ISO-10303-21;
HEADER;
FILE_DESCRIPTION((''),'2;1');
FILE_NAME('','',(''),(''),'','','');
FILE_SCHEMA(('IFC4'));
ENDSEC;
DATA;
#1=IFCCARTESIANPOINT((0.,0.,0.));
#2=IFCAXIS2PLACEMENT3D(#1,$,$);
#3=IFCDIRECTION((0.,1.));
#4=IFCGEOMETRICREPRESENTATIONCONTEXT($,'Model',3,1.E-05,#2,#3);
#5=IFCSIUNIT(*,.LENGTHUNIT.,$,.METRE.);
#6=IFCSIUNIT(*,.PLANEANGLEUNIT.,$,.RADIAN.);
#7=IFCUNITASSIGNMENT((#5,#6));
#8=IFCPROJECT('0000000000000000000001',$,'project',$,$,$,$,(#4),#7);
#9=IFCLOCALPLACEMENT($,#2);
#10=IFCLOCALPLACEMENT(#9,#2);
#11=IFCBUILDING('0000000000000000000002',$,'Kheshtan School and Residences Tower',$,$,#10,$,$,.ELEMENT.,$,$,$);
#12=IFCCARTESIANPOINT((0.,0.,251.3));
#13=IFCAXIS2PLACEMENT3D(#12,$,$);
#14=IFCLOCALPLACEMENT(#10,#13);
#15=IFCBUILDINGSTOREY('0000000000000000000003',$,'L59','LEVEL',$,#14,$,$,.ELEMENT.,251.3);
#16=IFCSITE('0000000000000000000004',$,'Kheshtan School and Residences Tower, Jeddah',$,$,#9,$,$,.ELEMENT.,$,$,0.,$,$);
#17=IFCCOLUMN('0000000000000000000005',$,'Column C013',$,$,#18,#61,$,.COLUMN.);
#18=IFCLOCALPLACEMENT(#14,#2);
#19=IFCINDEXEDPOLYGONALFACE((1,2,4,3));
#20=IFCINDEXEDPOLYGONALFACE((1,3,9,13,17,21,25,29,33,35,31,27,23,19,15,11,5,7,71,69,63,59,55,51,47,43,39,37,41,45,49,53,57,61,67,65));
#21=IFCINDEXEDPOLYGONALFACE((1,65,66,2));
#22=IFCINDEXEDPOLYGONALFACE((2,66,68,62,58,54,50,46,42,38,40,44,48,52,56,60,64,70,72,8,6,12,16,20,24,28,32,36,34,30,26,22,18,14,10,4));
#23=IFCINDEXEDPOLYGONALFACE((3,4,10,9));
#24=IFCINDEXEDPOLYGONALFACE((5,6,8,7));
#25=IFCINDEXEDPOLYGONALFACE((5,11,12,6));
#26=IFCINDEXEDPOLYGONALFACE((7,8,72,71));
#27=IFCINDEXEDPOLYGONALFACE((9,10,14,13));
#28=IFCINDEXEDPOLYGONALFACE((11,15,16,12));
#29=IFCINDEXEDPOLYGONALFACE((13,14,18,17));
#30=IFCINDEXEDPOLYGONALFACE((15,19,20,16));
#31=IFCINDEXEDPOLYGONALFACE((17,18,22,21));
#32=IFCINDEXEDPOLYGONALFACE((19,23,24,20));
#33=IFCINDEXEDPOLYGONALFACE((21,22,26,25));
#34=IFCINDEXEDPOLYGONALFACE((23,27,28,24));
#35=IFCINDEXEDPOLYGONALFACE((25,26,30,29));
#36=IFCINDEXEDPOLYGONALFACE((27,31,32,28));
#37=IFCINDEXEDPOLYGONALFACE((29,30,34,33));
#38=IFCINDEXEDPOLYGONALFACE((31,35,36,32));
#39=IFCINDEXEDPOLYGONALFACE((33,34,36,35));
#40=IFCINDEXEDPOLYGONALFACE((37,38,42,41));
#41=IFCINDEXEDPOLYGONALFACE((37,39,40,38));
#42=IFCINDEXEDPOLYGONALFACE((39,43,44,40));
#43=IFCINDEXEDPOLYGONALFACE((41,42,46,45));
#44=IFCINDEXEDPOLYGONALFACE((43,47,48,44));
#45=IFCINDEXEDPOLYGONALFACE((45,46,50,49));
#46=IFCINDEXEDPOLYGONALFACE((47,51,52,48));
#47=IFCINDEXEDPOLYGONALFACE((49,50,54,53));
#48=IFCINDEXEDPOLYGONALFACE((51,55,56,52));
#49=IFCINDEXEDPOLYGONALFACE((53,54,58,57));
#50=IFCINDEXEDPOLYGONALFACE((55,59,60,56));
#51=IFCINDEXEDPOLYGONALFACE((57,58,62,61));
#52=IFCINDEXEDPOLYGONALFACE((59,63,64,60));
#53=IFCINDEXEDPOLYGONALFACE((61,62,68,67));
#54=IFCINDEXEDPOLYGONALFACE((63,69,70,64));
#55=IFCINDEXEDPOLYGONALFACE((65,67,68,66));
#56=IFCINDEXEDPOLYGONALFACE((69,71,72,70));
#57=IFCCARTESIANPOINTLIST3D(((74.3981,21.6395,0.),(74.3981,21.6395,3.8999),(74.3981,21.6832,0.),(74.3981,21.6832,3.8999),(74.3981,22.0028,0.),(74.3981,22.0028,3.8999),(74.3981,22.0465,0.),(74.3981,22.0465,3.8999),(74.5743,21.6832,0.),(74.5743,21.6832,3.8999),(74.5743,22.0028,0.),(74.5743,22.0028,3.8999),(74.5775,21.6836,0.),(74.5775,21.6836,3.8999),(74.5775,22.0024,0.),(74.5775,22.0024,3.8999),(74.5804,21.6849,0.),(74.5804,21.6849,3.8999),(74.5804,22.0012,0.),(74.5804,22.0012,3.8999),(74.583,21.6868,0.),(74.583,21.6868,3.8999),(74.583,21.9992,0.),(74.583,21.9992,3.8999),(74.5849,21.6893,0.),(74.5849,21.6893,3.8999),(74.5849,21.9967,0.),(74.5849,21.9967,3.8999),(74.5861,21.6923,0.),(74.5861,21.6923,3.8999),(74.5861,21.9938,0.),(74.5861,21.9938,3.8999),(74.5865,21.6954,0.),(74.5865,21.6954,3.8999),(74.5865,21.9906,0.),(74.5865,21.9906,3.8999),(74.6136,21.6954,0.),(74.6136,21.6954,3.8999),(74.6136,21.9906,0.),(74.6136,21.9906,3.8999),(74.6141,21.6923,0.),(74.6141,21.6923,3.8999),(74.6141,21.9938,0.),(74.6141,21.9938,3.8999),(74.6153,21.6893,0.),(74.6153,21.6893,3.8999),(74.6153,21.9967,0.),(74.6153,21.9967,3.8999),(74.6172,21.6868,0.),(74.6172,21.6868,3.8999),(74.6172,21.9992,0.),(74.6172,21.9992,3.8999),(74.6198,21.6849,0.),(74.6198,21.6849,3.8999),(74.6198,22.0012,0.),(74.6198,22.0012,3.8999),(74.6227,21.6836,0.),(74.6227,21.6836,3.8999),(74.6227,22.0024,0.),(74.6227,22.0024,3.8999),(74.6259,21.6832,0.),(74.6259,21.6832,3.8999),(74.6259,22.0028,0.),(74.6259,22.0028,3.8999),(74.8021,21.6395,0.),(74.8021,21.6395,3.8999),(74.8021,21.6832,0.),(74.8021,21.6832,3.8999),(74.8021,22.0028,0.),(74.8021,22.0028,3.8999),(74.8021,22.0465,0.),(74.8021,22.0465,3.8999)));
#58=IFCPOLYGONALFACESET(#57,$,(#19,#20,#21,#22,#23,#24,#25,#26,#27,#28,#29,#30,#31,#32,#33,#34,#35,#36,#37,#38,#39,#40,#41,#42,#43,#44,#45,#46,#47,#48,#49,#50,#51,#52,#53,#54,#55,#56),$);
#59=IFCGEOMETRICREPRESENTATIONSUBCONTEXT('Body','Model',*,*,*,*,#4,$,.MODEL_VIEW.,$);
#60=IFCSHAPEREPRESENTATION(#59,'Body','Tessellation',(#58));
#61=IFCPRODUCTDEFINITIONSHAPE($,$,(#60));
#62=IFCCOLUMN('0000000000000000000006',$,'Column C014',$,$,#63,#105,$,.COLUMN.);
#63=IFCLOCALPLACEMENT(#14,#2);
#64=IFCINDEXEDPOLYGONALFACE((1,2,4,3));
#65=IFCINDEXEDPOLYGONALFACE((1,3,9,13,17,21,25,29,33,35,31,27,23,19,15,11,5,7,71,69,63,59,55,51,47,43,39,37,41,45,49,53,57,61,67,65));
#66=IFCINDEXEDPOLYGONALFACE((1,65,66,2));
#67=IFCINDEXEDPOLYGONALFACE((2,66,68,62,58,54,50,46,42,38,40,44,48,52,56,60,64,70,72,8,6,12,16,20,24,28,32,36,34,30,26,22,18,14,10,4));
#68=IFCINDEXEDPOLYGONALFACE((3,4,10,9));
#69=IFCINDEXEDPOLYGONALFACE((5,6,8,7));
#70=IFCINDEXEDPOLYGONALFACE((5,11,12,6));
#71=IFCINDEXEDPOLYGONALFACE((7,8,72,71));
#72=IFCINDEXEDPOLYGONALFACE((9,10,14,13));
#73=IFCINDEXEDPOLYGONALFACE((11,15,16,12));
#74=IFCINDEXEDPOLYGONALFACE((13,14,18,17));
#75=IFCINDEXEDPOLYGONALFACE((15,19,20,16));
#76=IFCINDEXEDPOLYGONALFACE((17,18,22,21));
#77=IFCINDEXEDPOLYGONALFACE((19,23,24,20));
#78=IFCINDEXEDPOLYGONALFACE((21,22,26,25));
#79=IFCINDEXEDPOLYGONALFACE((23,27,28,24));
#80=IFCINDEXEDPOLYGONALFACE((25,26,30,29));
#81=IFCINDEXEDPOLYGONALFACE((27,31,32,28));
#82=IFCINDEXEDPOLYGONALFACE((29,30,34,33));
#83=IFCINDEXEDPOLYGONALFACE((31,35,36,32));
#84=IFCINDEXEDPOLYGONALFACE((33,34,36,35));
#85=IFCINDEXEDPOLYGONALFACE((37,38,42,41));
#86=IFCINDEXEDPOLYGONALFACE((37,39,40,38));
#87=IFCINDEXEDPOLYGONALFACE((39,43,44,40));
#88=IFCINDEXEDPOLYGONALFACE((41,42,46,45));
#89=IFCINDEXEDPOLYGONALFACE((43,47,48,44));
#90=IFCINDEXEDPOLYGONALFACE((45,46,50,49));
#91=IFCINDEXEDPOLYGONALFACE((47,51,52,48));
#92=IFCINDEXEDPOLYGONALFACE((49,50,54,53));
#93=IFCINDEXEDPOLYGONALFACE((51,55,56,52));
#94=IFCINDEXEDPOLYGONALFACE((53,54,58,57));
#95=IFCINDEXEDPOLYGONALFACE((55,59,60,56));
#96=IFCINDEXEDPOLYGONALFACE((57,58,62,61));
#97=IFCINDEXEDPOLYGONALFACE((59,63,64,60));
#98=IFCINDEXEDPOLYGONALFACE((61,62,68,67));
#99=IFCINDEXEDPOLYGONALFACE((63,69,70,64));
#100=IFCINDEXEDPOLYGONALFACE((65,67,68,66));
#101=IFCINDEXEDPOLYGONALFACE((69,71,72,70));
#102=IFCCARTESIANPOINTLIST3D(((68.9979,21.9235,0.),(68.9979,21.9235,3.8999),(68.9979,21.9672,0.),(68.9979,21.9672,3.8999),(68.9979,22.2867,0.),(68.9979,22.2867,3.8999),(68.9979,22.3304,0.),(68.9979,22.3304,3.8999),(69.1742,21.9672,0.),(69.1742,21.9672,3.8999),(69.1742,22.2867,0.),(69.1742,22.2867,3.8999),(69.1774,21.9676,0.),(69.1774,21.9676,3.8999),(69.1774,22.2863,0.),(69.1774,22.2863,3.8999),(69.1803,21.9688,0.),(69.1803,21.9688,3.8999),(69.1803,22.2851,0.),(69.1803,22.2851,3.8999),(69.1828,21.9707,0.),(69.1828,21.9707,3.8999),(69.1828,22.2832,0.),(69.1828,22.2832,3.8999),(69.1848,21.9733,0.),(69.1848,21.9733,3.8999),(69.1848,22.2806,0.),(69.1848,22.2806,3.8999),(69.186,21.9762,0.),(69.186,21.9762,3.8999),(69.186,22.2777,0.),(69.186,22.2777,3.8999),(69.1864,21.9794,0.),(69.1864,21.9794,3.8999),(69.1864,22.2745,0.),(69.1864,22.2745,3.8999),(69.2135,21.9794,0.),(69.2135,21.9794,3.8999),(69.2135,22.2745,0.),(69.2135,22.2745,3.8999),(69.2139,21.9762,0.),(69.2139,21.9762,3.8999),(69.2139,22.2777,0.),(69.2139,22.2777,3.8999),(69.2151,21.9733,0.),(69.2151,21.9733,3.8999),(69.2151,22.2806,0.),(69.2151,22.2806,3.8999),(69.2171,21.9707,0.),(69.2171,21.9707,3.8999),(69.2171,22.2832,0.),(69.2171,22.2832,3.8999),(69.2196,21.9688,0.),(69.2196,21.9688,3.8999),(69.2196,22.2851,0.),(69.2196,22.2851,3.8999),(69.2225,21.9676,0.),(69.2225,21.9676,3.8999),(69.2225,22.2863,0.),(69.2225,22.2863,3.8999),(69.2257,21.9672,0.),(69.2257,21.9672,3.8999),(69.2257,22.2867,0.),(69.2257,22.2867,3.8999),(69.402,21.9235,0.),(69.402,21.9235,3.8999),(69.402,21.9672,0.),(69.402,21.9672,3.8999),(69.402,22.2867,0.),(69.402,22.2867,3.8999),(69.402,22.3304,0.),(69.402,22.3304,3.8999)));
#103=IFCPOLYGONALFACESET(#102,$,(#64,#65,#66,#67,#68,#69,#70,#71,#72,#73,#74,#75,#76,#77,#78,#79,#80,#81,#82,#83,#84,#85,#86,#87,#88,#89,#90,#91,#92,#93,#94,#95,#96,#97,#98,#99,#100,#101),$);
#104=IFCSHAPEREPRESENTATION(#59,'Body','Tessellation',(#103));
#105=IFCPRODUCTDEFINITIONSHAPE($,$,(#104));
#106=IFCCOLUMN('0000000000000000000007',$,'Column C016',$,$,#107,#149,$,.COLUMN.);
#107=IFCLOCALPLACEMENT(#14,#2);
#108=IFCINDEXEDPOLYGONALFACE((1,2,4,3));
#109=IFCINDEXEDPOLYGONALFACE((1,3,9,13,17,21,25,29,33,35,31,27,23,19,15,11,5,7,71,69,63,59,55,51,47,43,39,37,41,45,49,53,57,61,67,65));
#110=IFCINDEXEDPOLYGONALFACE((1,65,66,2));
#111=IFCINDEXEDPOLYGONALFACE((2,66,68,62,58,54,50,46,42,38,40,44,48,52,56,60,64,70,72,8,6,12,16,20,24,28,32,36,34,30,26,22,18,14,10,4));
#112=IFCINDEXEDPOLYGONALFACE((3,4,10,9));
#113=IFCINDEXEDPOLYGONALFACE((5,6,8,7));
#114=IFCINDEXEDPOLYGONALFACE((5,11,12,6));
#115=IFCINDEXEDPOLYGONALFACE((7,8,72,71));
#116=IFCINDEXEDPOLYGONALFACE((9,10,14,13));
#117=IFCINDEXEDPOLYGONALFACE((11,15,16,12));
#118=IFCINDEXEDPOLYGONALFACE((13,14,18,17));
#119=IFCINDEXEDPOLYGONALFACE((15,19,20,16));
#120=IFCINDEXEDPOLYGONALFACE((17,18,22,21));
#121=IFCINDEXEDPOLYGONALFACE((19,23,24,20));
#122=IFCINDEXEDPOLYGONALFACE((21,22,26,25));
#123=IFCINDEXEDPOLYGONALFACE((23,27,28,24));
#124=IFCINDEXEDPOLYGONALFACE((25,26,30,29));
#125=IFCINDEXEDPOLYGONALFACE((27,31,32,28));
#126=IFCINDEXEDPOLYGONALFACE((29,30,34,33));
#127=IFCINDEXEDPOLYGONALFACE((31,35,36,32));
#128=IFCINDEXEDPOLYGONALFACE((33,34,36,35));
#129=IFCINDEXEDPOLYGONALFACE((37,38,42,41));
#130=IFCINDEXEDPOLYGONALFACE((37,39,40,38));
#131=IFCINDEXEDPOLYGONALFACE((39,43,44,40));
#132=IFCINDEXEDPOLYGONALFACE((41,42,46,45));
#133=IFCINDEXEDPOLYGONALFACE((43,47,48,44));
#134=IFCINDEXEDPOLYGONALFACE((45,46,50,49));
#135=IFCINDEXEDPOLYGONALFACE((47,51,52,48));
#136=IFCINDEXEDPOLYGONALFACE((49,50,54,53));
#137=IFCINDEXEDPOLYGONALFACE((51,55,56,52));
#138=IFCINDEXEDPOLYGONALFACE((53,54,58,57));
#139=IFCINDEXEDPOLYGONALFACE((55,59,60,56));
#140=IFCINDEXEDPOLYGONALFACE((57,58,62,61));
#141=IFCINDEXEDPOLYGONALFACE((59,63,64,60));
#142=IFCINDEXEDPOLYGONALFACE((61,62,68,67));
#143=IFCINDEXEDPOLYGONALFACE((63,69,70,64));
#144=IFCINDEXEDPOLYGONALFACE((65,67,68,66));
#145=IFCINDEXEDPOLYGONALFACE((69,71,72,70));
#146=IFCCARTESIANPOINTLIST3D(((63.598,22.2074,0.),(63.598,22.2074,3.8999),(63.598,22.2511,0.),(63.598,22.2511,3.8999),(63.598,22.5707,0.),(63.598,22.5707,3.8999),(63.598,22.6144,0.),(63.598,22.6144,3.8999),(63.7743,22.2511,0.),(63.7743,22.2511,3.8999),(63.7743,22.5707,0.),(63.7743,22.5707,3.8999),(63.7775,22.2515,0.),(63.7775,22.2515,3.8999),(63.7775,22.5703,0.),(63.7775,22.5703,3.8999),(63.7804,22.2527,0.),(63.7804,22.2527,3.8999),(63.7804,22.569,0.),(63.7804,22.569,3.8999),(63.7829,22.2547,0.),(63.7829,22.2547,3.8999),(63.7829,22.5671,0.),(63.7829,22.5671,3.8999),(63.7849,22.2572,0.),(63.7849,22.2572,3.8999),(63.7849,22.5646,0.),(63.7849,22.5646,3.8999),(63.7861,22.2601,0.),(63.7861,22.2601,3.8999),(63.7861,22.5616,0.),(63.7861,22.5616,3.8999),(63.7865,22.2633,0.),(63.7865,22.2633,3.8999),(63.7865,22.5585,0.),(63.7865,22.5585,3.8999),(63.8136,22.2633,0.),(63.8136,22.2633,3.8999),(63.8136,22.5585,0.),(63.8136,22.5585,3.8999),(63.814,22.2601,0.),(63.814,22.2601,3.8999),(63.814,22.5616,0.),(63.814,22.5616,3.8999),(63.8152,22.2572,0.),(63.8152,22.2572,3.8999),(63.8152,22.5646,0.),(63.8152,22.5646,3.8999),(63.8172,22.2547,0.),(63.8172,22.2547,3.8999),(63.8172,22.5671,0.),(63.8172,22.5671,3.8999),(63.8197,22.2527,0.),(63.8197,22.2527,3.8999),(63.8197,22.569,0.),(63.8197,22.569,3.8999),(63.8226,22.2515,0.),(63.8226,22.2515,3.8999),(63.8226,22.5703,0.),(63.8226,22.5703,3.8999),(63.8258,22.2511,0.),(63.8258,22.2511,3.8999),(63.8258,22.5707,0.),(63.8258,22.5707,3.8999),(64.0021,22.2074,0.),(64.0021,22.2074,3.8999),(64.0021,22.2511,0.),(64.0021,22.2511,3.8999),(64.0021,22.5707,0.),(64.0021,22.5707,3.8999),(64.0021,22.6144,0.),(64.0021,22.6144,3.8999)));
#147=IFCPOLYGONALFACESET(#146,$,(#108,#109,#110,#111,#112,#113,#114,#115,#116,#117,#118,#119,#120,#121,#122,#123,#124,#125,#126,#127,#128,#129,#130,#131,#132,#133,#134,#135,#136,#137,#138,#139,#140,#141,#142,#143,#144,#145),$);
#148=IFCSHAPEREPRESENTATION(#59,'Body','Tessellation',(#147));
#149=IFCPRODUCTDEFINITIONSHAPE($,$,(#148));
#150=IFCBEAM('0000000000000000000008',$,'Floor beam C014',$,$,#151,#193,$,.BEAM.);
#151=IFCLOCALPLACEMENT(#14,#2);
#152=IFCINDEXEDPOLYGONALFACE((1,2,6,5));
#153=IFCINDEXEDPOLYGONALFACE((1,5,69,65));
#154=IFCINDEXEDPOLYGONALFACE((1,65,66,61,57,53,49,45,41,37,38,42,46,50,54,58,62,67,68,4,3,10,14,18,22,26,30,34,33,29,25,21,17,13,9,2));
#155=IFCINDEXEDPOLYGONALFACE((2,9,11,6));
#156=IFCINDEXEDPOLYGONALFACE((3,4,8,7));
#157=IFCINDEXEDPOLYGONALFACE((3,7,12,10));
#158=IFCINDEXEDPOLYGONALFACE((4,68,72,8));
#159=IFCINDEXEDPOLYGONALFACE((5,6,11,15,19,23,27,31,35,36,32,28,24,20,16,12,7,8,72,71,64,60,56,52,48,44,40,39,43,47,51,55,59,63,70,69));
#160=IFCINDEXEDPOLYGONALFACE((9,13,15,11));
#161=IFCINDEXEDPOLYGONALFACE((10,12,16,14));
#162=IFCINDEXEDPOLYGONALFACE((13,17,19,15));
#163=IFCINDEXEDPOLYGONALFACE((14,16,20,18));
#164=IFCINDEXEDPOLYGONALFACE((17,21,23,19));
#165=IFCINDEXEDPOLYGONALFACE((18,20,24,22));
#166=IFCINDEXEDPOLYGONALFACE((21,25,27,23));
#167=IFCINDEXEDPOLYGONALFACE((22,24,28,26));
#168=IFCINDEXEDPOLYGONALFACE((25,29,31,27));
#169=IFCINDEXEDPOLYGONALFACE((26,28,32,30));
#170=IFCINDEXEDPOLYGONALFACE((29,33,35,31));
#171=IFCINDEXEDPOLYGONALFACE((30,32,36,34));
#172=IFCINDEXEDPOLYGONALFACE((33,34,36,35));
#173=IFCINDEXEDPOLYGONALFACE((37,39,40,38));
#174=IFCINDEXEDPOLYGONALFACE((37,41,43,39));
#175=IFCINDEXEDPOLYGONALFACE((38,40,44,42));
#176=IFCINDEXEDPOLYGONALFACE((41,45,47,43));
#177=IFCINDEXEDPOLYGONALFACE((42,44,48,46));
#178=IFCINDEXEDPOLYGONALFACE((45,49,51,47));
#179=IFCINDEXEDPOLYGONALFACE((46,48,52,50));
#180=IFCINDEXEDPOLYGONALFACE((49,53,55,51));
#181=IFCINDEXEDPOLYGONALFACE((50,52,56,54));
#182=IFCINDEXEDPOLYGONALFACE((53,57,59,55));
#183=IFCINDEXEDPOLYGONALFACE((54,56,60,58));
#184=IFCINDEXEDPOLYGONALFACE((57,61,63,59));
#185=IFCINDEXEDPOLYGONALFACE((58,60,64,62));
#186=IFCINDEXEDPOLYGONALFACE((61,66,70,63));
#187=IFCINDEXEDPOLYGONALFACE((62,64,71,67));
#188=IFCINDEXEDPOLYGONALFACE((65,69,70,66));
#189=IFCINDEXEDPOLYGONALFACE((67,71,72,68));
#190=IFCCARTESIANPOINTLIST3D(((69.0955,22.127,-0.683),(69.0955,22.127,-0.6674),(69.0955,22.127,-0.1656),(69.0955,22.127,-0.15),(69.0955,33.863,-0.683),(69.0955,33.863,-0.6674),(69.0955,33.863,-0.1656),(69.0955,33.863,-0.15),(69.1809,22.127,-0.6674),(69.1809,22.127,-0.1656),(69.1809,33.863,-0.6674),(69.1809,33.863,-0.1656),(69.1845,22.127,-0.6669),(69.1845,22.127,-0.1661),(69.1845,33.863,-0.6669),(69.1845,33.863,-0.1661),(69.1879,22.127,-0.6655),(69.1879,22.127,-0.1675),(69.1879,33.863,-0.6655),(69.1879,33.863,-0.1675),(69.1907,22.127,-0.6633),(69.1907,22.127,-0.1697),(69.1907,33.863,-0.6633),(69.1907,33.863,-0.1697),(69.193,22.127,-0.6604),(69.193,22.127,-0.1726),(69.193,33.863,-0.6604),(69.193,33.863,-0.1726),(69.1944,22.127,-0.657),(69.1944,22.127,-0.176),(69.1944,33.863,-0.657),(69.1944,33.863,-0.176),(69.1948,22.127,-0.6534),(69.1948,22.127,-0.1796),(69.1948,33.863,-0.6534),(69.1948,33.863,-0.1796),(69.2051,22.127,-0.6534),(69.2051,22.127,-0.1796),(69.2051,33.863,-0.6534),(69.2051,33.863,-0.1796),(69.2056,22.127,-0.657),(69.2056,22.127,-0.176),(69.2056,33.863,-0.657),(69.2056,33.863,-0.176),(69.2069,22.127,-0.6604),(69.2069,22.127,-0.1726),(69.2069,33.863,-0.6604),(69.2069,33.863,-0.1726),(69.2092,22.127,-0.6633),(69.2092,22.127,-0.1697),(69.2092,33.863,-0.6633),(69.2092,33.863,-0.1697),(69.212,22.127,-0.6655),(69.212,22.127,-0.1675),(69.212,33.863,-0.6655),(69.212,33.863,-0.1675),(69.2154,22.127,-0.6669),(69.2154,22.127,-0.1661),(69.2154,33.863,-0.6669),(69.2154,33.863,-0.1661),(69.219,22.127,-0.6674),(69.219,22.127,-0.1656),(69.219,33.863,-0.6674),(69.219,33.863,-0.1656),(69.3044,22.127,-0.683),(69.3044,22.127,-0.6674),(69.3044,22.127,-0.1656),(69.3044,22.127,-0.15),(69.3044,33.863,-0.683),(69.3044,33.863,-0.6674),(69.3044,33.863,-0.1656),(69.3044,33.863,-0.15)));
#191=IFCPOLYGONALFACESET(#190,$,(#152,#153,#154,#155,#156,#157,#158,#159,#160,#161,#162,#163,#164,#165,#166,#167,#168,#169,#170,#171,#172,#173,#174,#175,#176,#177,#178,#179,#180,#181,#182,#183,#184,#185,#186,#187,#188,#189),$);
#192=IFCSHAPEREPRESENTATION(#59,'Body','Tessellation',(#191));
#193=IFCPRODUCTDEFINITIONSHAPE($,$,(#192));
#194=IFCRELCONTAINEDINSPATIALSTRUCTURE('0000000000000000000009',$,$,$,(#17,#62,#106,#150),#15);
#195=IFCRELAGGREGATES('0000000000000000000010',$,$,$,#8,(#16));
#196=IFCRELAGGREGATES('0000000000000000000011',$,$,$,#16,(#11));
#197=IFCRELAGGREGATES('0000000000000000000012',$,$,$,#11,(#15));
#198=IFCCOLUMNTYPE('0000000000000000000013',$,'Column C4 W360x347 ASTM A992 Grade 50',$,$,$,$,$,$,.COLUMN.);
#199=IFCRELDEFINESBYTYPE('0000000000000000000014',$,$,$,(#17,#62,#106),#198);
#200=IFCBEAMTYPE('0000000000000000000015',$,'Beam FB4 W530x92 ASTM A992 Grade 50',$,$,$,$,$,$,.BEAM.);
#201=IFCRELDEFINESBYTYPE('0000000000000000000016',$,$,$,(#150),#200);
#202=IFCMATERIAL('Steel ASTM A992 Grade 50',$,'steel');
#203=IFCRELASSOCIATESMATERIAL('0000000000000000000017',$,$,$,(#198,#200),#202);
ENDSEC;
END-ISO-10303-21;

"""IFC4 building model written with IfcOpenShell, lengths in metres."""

from ifc_helpers import new_model, si_unit, direction, frame, origin, origin_2d, place, context, subcontext, project, spatial, i_section, extrude, material, material_profile, profile_set, type_object, element, save


model = new_model("IFC4")

# Units and contexts
model_context = context("Model", 3, precision=1e-05, world=origin(), true_north=direction((0.0, 1.0)))
body_context = subcontext(model_context, "Body", "Model", "MODEL_VIEW")
ifc_project = project(units=[si_unit("LENGTHUNIT", "METRE"), si_unit("PLANEANGLEUNIT", "RADIAN")], contexts=[model_context])

# Site, building, storey
site_placement = place(None, origin())
site = spatial("IfcSite", under=ifc_project, at=site_placement, Name="Kheshtan School and Residences Tower, Jeddah", CompositionType="ELEMENT", RefElevation=0.0)
building_placement = place(site_placement, origin())
building = spatial("IfcBuilding", under=site, at=building_placement, Name="Kheshtan School and Residences Tower", CompositionType="ELEMENT")
storey_placement = place(building_placement, frame((0.0, 0.0, 251.3)))
storey = spatial("IfcBuildingStorey", under=building, at=storey_placement, Name="L59", Description="LEVEL", CompositionType="ELEMENT", Elevation=251.3)

# Columns
ifc_material_1 = material(Name="Steel ASTM A992 Grade 50", Category="steel")
ifc_material_profile_1 = material_profile(ifc_material_1, i_section(OverallWidth=0.4041, OverallDepth=0.407, WebThickness=0.0271, FlangeThickness=0.0437, FilletRadius=0.0122, at=origin_2d()), Name="W360x347")
ifc_profile_set_1 = profile_set([ifc_material_profile_1], Name="Steel ASTM A992 Grade 50")
column_type = type_object("IfcColumnType", Name="Column C4 W360x347 ASTM A992 Grade 50", PredefinedType="COLUMN", material=ifc_profile_set_1)
for number, where, z_axis, x_axis, name in (
    (1, (74.6001, 21.843, 0.0), (0.0, 0.0, 1.0), (1.0, 0.0, 0.0), "Column C013"),
    (2, (69.2, 22.127, 0.0), (0.0, 0.0, 1.0), (1.0, 0.0, 0.0), "Column C014"),
    (3, (63.8, 22.4109, 0.0), (0.0, 0.0, 1.0), (1.0, 0.0, 0.0), "Column C016"),
):
    element("IfcColumn", number, at=place(storey_placement, frame(where, z_axis=z_axis, x_axis=x_axis)), inside=storey, type_object=column_type, Name=name, PredefinedType="COLUMN", context=body_context, shape_type="SweptSolid", body=[
        extrude(i_section(OverallWidth=0.4041, OverallDepth=0.407, WebThickness=0.0271, FlangeThickness=0.0437, FilletRadius=0.0122, at=origin_2d()), origin(), (0.0, 0.0, 1.0), 3.8999),
    ])

# Beam
ifc_material_profile_2 = material_profile(ifc_material_1, i_section(OverallWidth=0.209, OverallDepth=0.533, WebThickness=0.0103, FlangeThickness=0.0156, FilletRadius=0.0139, at=origin_2d()), Name="W530x92")
ifc_profile_set_2 = profile_set([ifc_material_profile_2], Name="Steel ASTM A992 Grade 50")
beam_type_1 = type_object("IfcBeamType", Name="Beam FB4 W530x92 ASTM A992 Grade 50", PredefinedType="BEAM", material=ifc_profile_set_2)
beam_1_placement = place(storey_placement, frame((69.2, 22.127, -0.4165), z_axis=(0.0, 1.0, 0.0), x_axis=(-1.0, 0.0, 0.0)))
element("IfcBeam", 4, at=beam_1_placement, inside=storey, type_object=beam_type_1, Name="Floor beam C014", PredefinedType="BEAM", context=body_context, shape_type="SweptSolid", body=[
    extrude(i_section(OverallWidth=0.209, OverallDepth=0.533, WebThickness=0.0103, FlangeThickness=0.0156, FilletRadius=0.0139, at=origin_2d()), origin(), (0.0, 0.0, 1.0), 11.7361),
])

save(model, "model.ifc")
